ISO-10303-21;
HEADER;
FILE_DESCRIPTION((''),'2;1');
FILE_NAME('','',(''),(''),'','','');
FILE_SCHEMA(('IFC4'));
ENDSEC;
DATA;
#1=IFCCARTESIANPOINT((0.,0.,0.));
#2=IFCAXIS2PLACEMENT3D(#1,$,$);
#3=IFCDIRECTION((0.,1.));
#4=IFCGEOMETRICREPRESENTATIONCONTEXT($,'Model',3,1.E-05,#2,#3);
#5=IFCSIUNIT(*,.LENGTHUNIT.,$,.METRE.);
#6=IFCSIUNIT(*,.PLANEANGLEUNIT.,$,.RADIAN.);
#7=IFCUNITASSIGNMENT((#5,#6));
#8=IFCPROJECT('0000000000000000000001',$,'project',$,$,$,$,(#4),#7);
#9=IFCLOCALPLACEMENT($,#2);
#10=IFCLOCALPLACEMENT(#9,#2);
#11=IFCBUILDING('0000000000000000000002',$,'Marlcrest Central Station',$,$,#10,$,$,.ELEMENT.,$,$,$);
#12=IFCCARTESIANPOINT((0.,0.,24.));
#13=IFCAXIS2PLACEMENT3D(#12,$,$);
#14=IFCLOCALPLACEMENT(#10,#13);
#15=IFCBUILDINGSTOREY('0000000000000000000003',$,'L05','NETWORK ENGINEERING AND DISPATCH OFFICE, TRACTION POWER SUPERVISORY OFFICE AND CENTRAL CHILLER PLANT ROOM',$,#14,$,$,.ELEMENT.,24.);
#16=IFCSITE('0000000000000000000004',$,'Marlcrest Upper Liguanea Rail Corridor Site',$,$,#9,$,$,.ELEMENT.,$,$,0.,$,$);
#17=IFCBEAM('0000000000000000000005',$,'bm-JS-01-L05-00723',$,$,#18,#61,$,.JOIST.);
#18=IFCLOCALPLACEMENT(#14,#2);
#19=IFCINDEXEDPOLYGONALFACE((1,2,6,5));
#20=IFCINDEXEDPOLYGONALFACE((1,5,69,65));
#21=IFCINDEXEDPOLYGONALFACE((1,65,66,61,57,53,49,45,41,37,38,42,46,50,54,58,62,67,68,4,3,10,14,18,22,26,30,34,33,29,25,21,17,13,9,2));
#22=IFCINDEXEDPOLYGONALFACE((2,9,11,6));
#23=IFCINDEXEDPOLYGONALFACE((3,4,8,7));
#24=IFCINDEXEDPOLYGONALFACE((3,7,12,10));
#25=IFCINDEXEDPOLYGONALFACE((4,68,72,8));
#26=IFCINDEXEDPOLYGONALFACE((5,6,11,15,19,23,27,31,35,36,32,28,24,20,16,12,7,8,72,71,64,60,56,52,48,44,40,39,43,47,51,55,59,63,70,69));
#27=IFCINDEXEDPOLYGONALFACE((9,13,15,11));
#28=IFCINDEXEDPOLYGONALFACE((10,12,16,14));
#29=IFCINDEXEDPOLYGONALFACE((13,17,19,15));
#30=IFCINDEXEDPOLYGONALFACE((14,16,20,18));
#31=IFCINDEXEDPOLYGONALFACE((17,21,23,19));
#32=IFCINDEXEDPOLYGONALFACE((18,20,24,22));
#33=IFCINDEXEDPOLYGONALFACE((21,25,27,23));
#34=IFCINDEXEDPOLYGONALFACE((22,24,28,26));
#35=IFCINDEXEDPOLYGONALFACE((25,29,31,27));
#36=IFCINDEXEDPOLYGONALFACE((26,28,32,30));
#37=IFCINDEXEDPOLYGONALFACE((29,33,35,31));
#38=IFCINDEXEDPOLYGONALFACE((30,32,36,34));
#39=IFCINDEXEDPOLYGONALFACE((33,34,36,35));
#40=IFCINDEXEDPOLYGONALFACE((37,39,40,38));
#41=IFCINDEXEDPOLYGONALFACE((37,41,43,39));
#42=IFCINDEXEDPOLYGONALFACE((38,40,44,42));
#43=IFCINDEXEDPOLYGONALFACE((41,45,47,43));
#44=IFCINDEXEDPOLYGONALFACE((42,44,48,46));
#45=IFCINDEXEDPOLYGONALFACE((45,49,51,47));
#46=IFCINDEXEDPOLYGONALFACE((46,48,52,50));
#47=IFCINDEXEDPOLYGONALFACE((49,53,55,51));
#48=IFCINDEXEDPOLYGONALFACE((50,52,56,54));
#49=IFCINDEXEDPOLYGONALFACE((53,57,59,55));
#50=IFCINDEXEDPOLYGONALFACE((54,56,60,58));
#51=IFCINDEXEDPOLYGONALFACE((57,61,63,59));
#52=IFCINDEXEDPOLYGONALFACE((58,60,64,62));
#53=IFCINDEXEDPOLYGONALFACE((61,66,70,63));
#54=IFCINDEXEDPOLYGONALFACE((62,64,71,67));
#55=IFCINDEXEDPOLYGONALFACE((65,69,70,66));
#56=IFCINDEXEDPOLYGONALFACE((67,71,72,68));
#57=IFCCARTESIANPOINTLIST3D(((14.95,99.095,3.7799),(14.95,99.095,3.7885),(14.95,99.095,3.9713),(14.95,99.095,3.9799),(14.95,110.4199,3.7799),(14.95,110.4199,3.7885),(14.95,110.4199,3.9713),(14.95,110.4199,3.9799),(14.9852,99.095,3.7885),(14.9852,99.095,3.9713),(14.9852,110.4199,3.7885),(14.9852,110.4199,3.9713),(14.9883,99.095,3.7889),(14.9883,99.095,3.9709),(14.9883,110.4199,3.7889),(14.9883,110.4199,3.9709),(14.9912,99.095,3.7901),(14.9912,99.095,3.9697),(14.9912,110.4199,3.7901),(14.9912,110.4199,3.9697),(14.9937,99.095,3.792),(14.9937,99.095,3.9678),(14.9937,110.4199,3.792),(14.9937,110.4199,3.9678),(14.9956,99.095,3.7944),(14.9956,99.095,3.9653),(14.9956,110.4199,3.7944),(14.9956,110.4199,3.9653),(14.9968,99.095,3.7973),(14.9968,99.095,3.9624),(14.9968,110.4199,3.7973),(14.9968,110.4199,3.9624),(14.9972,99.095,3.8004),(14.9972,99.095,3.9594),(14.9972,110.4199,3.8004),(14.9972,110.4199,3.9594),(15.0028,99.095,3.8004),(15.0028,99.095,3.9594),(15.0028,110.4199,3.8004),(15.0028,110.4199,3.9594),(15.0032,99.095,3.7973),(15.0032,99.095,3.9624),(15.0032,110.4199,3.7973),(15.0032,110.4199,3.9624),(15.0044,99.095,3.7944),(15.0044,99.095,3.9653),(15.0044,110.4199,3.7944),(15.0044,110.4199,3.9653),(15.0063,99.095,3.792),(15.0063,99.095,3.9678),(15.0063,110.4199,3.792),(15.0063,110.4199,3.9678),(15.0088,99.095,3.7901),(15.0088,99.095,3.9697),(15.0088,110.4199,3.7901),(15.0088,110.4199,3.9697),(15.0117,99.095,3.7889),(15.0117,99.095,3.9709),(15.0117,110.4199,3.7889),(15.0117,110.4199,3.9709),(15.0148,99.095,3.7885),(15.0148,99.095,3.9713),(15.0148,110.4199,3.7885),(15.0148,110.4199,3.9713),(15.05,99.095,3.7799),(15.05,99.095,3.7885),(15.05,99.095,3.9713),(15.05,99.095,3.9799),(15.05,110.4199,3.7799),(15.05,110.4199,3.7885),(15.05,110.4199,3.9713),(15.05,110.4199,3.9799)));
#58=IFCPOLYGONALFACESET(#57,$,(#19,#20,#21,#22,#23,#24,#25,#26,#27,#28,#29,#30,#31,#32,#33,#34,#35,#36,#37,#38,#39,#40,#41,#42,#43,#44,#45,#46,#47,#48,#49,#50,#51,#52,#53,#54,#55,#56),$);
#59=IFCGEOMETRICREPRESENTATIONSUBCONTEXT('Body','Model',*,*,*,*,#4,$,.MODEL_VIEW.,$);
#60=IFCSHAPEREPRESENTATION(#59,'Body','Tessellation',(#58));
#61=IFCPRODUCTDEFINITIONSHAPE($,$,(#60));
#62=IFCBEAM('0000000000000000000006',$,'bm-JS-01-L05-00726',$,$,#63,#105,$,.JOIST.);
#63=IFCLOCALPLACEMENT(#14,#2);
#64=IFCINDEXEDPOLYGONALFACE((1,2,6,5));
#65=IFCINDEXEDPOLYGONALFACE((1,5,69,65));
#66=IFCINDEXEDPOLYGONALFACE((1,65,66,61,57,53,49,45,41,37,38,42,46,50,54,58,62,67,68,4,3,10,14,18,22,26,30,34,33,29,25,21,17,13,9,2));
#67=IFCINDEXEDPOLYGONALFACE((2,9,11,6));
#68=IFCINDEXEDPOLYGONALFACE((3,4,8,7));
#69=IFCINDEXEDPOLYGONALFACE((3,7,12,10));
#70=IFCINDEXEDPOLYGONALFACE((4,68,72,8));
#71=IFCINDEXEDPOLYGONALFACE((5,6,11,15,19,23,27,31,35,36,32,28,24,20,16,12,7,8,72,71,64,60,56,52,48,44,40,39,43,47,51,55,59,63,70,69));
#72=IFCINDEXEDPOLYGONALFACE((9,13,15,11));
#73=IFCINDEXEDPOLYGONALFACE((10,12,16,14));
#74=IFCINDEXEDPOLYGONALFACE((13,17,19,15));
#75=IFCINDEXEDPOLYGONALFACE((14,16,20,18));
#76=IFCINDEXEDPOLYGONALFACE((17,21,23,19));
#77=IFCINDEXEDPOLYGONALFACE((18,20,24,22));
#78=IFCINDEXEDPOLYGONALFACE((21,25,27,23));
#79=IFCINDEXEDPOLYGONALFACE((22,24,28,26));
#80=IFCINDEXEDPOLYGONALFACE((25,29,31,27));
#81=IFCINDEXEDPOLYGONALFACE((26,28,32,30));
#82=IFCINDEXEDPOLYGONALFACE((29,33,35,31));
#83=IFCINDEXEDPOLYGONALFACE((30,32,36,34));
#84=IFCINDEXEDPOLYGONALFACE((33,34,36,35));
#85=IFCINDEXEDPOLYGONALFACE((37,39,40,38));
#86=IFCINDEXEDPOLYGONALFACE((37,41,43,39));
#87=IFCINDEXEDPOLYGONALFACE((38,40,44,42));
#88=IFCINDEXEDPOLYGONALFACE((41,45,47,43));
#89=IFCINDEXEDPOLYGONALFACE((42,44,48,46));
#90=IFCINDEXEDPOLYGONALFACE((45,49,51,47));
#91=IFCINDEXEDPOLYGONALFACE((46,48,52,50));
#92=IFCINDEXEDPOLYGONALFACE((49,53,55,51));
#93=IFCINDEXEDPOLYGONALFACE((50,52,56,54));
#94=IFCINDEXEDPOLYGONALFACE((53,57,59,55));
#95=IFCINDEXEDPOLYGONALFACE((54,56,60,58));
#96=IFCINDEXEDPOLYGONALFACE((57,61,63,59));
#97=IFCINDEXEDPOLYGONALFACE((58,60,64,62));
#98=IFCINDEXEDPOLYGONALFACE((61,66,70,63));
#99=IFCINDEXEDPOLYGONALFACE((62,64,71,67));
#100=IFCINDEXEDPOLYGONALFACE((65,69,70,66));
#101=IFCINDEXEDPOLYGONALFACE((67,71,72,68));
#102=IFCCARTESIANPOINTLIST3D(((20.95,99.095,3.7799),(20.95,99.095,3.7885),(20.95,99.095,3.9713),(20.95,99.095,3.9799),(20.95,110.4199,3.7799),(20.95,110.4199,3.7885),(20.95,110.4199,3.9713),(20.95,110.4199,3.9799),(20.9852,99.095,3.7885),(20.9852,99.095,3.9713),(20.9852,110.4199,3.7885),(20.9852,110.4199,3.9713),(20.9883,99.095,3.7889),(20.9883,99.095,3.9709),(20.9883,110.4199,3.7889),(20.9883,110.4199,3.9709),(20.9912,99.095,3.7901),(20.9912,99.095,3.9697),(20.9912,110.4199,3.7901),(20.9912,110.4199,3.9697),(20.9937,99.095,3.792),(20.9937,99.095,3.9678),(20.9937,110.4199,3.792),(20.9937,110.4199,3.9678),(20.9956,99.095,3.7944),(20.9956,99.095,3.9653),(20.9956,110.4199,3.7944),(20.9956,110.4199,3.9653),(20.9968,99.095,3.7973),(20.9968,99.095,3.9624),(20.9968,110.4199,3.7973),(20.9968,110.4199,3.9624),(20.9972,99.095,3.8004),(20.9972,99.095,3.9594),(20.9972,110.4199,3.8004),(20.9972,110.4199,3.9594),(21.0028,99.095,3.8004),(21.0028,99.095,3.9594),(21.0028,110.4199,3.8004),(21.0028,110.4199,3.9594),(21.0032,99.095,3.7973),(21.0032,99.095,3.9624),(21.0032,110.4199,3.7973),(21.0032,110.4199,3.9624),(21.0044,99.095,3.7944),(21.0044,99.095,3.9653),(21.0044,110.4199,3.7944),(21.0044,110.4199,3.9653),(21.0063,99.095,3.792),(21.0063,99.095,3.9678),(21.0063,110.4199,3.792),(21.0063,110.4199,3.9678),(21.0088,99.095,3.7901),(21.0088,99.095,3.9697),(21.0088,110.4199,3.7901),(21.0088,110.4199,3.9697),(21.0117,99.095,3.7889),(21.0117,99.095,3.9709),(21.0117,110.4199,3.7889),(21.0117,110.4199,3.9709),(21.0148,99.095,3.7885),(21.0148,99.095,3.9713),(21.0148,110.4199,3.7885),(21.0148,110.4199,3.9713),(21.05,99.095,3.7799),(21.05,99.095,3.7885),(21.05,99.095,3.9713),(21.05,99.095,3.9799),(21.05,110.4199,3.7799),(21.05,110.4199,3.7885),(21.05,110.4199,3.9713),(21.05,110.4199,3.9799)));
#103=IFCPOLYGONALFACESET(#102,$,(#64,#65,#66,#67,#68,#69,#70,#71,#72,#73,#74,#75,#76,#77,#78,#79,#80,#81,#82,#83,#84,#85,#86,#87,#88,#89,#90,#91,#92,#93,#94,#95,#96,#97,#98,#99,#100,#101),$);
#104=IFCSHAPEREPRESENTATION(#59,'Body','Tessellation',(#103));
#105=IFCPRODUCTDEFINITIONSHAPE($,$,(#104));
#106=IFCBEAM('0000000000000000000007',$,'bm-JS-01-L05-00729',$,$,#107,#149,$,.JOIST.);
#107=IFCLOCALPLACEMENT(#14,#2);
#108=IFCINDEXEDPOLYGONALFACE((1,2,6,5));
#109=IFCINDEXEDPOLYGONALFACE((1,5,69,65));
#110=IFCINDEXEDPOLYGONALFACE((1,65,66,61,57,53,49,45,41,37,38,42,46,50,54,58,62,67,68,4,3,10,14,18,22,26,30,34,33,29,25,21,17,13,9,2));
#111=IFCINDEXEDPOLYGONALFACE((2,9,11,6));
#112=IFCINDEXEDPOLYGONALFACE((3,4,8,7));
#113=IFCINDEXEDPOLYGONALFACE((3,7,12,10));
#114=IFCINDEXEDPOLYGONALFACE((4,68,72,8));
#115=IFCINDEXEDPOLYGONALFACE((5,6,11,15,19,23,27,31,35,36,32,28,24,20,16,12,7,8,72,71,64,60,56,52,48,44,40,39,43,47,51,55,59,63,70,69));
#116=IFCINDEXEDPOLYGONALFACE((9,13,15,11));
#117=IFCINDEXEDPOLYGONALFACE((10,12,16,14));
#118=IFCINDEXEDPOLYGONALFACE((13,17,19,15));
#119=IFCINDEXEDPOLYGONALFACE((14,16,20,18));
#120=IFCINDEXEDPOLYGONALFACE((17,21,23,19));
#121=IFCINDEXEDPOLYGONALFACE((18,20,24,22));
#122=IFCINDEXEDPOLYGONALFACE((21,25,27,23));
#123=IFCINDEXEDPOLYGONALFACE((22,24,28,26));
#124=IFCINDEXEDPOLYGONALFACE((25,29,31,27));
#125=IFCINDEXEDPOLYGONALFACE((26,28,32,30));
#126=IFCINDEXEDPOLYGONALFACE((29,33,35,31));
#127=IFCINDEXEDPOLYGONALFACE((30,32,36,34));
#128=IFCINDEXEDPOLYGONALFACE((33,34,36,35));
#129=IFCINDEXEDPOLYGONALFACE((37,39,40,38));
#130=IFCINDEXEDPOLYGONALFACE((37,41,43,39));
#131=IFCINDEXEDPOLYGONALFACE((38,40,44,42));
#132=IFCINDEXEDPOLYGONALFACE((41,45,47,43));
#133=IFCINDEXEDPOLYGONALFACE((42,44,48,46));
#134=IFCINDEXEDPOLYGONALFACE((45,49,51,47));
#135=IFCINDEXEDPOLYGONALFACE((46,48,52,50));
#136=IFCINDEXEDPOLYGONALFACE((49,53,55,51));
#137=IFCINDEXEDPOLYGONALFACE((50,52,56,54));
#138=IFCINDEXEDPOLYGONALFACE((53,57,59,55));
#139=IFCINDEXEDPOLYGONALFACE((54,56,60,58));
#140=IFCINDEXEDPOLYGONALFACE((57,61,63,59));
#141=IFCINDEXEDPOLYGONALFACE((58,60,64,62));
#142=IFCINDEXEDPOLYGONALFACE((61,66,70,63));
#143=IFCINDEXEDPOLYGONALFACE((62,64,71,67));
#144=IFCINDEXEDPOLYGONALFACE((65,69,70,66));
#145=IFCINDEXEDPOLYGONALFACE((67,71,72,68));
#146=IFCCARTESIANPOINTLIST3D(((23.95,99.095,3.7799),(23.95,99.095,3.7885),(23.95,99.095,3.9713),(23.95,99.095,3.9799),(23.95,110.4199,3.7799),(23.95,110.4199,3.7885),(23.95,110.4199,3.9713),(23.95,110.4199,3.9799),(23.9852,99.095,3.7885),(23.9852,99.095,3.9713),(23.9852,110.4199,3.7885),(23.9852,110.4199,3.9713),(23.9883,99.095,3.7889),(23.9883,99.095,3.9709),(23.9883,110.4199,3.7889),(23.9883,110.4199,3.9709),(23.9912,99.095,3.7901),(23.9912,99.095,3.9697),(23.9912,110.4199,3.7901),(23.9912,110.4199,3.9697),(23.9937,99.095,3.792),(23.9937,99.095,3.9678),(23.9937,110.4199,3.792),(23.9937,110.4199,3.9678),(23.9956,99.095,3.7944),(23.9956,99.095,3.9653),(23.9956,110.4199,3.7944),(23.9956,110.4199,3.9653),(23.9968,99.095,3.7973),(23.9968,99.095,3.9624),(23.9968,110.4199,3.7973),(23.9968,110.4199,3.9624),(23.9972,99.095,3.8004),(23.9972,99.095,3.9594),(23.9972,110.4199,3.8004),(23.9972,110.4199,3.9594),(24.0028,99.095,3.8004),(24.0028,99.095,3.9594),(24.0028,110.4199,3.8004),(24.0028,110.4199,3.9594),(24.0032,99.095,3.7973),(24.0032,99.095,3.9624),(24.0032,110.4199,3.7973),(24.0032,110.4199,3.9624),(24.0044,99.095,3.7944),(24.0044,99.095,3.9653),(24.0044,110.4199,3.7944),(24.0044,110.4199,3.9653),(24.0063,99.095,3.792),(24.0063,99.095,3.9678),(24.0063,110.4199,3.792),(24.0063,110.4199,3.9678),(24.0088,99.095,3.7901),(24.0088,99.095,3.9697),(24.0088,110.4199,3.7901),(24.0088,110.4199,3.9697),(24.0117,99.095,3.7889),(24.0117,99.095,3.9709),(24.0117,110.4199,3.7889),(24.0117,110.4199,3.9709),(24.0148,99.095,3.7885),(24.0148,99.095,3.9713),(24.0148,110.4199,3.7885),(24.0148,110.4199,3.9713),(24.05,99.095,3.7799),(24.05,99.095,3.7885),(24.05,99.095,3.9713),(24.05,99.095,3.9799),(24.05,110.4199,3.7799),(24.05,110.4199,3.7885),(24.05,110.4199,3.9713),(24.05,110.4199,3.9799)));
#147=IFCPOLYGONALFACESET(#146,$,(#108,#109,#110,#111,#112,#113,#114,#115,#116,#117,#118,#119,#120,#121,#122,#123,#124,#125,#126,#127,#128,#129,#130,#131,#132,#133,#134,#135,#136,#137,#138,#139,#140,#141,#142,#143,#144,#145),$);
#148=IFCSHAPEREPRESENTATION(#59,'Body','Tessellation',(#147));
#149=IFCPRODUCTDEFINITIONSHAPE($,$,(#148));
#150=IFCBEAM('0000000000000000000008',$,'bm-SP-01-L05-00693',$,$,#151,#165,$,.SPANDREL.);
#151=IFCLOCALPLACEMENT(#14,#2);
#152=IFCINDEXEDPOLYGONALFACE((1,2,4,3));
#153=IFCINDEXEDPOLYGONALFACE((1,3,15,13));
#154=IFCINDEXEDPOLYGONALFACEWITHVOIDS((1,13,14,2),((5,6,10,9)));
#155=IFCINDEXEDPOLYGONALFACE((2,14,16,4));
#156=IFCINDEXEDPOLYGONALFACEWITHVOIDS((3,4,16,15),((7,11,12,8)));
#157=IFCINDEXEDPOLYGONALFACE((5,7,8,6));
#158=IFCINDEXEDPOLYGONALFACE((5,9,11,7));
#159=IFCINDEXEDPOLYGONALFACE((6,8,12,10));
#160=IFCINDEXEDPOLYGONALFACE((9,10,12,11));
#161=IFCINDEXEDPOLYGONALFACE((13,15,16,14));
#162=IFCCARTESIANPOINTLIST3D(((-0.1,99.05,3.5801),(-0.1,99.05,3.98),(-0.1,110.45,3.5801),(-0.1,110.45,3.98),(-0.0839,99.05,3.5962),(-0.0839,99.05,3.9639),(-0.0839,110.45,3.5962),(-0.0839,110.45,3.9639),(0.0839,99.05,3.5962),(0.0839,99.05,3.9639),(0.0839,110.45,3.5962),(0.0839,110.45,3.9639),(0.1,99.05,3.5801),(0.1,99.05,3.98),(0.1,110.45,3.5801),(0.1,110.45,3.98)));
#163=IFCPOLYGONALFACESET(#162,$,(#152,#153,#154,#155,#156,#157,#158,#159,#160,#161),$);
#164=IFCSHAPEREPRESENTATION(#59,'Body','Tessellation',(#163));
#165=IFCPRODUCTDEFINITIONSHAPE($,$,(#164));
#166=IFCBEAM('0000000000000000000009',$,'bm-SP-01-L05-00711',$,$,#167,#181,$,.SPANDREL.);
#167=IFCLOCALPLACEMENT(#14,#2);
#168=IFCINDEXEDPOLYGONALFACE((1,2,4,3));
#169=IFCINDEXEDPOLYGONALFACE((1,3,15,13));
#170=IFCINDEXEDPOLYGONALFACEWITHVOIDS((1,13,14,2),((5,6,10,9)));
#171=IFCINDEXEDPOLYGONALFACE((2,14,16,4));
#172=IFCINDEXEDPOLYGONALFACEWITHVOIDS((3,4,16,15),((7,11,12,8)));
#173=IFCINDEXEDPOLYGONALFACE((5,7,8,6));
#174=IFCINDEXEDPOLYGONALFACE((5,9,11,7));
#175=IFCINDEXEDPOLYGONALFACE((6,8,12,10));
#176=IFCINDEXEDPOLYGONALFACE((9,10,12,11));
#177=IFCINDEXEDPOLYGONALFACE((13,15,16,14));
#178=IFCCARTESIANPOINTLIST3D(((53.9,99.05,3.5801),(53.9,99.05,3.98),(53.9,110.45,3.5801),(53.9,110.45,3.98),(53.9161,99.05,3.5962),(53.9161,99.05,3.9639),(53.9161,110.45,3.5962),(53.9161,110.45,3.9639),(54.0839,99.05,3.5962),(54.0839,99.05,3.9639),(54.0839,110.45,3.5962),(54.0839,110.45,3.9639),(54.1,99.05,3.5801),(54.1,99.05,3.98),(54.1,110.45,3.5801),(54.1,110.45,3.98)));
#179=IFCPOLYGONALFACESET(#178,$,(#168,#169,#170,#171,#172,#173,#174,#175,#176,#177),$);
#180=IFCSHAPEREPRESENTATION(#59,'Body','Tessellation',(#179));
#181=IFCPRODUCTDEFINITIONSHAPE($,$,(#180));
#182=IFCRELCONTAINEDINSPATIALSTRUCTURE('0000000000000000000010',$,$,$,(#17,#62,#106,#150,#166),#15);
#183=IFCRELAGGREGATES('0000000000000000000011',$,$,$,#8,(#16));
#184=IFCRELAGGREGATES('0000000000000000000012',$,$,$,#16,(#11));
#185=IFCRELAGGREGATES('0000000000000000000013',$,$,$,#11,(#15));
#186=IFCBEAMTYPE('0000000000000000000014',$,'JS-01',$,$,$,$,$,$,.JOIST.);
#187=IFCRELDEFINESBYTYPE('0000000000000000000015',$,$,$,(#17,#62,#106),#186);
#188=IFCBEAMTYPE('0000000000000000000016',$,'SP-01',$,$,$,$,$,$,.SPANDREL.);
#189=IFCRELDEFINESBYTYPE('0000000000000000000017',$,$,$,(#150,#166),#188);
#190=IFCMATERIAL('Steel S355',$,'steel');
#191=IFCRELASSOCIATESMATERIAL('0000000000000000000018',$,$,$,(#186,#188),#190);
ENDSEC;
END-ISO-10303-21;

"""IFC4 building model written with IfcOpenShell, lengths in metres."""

from ifc_helpers import new_model, si_unit, direction, frame, origin, origin_2d, place, context, subcontext, project, spatial, hollow_rectangle, i_section, extrude, material, material_profile, profile_set, type_object, element, save


model = new_model("IFC4")

# Units and contexts
model_context = context("Model", 3, precision=1e-05, world=origin(), true_north=direction((0.0, 1.0)))
body_context = subcontext(model_context, "Body", "Model", "MODEL_VIEW")
ifc_project = project(units=[si_unit("LENGTHUNIT", "METRE"), si_unit("PLANEANGLEUNIT", "RADIAN")], contexts=[model_context])

# Site, building, storey
site_placement = place(None, origin())
site = spatial("IfcSite", under=ifc_project, at=site_placement, Name="Marlcrest Upper Liguanea Rail Corridor Site", CompositionType="ELEMENT", RefElevation=0.0)
building_placement = place(site_placement, origin())
building = spatial("IfcBuilding", under=site, at=building_placement, Name="Marlcrest Central Station", CompositionType="ELEMENT")
storey_placement = place(building_placement, frame((0.0, 0.0, 24.0)))
storey = spatial("IfcBuildingStorey", under=building, at=storey_placement, Name="L05", Description="NETWORK ENGINEERING AND DISPATCH OFFICE, TRACTION POWER SUPERVISORY OFFICE AND CENTRAL CHILLER PLANT ROOM", CompositionType="ELEMENT", Elevation=24.0)

# Beams
ifc_material_1 = material(Name="Steel S355", Category="steel")
ifc_material_profile_1 = material_profile(ifc_material_1, i_section(OverallWidth=0.1001, OverallDepth=0.2, WebThickness=0.0056, FlangeThickness=0.0085, FilletRadius=0.012, at=origin_2d()), Name="IPE 200")
ifc_profile_set_1 = profile_set([ifc_material_profile_1], Name="Steel S355")
beam_type_1 = type_object("IfcBeamType", Name="JS-01", PredefinedType="JOIST", material=ifc_profile_set_1)
for number, where, z_axis, x_axis, name in (
    (1, (15.0, 99.095, 3.8799), (0.0, 1.0, 0.0), (-1.0, 0.0, 0.0), "bm-JS-01-L05-00723"),
    (2, (21.0, 99.095, 3.8799), (0.0, 1.0, 0.0), (-1.0, 0.0, 0.0), "bm-JS-01-L05-00726"),
    (3, (24.0, 99.095, 3.8799), (0.0, 1.0, 0.0), (-1.0, 0.0, 0.0), "bm-JS-01-L05-00729"),
):
    element("IfcBeam", number, at=place(storey_placement, frame(where, z_axis=z_axis, x_axis=x_axis)), inside=storey, type_object=beam_type_1, Name=name, PredefinedType="JOIST", context=body_context, shape_type="SweptSolid", body=[
        extrude(i_section(OverallWidth=0.1001, OverallDepth=0.2, WebThickness=0.0056, FlangeThickness=0.0085, FilletRadius=0.012, at=origin_2d()), origin(), (0.0, 0.0, 1.0), 11.325),
    ])
ifc_material_profile_2 = material_profile(ifc_material_1, hollow_rectangle(XDim=0.2, YDim=0.3999, WallThickness=0.0161, at=origin_2d()), Name="RHS 400x200x16")
ifc_profile_set_2 = profile_set([ifc_material_profile_2], Name="Steel S355")
beam_type_2 = type_object("IfcBeamType", Name="SP-01", PredefinedType="SPANDREL", material=ifc_profile_set_2)
for number, where, z_axis, x_axis, name in (
    (4, (0.0, 99.05, 3.78), (0.0, 1.0, 0.0), (-1.0, 0.0, 0.0), "bm-SP-01-L05-00693"),
    (5, (54.0, 99.05, 3.78), (0.0, 1.0, 0.0), (-1.0, 0.0, 0.0), "bm-SP-01-L05-00711"),
):
    element("IfcBeam", number, at=place(storey_placement, frame(where, z_axis=z_axis, x_axis=x_axis)), inside=storey, type_object=beam_type_2, Name=name, PredefinedType="SPANDREL", context=body_context, shape_type="SweptSolid", body=[
        extrude(hollow_rectangle(XDim=0.2, YDim=0.3999, WallThickness=0.0161, at=origin_2d()), origin(), (0.0, 0.0, 1.0), 11.3999),
    ])

save(model, "model.ifc")
